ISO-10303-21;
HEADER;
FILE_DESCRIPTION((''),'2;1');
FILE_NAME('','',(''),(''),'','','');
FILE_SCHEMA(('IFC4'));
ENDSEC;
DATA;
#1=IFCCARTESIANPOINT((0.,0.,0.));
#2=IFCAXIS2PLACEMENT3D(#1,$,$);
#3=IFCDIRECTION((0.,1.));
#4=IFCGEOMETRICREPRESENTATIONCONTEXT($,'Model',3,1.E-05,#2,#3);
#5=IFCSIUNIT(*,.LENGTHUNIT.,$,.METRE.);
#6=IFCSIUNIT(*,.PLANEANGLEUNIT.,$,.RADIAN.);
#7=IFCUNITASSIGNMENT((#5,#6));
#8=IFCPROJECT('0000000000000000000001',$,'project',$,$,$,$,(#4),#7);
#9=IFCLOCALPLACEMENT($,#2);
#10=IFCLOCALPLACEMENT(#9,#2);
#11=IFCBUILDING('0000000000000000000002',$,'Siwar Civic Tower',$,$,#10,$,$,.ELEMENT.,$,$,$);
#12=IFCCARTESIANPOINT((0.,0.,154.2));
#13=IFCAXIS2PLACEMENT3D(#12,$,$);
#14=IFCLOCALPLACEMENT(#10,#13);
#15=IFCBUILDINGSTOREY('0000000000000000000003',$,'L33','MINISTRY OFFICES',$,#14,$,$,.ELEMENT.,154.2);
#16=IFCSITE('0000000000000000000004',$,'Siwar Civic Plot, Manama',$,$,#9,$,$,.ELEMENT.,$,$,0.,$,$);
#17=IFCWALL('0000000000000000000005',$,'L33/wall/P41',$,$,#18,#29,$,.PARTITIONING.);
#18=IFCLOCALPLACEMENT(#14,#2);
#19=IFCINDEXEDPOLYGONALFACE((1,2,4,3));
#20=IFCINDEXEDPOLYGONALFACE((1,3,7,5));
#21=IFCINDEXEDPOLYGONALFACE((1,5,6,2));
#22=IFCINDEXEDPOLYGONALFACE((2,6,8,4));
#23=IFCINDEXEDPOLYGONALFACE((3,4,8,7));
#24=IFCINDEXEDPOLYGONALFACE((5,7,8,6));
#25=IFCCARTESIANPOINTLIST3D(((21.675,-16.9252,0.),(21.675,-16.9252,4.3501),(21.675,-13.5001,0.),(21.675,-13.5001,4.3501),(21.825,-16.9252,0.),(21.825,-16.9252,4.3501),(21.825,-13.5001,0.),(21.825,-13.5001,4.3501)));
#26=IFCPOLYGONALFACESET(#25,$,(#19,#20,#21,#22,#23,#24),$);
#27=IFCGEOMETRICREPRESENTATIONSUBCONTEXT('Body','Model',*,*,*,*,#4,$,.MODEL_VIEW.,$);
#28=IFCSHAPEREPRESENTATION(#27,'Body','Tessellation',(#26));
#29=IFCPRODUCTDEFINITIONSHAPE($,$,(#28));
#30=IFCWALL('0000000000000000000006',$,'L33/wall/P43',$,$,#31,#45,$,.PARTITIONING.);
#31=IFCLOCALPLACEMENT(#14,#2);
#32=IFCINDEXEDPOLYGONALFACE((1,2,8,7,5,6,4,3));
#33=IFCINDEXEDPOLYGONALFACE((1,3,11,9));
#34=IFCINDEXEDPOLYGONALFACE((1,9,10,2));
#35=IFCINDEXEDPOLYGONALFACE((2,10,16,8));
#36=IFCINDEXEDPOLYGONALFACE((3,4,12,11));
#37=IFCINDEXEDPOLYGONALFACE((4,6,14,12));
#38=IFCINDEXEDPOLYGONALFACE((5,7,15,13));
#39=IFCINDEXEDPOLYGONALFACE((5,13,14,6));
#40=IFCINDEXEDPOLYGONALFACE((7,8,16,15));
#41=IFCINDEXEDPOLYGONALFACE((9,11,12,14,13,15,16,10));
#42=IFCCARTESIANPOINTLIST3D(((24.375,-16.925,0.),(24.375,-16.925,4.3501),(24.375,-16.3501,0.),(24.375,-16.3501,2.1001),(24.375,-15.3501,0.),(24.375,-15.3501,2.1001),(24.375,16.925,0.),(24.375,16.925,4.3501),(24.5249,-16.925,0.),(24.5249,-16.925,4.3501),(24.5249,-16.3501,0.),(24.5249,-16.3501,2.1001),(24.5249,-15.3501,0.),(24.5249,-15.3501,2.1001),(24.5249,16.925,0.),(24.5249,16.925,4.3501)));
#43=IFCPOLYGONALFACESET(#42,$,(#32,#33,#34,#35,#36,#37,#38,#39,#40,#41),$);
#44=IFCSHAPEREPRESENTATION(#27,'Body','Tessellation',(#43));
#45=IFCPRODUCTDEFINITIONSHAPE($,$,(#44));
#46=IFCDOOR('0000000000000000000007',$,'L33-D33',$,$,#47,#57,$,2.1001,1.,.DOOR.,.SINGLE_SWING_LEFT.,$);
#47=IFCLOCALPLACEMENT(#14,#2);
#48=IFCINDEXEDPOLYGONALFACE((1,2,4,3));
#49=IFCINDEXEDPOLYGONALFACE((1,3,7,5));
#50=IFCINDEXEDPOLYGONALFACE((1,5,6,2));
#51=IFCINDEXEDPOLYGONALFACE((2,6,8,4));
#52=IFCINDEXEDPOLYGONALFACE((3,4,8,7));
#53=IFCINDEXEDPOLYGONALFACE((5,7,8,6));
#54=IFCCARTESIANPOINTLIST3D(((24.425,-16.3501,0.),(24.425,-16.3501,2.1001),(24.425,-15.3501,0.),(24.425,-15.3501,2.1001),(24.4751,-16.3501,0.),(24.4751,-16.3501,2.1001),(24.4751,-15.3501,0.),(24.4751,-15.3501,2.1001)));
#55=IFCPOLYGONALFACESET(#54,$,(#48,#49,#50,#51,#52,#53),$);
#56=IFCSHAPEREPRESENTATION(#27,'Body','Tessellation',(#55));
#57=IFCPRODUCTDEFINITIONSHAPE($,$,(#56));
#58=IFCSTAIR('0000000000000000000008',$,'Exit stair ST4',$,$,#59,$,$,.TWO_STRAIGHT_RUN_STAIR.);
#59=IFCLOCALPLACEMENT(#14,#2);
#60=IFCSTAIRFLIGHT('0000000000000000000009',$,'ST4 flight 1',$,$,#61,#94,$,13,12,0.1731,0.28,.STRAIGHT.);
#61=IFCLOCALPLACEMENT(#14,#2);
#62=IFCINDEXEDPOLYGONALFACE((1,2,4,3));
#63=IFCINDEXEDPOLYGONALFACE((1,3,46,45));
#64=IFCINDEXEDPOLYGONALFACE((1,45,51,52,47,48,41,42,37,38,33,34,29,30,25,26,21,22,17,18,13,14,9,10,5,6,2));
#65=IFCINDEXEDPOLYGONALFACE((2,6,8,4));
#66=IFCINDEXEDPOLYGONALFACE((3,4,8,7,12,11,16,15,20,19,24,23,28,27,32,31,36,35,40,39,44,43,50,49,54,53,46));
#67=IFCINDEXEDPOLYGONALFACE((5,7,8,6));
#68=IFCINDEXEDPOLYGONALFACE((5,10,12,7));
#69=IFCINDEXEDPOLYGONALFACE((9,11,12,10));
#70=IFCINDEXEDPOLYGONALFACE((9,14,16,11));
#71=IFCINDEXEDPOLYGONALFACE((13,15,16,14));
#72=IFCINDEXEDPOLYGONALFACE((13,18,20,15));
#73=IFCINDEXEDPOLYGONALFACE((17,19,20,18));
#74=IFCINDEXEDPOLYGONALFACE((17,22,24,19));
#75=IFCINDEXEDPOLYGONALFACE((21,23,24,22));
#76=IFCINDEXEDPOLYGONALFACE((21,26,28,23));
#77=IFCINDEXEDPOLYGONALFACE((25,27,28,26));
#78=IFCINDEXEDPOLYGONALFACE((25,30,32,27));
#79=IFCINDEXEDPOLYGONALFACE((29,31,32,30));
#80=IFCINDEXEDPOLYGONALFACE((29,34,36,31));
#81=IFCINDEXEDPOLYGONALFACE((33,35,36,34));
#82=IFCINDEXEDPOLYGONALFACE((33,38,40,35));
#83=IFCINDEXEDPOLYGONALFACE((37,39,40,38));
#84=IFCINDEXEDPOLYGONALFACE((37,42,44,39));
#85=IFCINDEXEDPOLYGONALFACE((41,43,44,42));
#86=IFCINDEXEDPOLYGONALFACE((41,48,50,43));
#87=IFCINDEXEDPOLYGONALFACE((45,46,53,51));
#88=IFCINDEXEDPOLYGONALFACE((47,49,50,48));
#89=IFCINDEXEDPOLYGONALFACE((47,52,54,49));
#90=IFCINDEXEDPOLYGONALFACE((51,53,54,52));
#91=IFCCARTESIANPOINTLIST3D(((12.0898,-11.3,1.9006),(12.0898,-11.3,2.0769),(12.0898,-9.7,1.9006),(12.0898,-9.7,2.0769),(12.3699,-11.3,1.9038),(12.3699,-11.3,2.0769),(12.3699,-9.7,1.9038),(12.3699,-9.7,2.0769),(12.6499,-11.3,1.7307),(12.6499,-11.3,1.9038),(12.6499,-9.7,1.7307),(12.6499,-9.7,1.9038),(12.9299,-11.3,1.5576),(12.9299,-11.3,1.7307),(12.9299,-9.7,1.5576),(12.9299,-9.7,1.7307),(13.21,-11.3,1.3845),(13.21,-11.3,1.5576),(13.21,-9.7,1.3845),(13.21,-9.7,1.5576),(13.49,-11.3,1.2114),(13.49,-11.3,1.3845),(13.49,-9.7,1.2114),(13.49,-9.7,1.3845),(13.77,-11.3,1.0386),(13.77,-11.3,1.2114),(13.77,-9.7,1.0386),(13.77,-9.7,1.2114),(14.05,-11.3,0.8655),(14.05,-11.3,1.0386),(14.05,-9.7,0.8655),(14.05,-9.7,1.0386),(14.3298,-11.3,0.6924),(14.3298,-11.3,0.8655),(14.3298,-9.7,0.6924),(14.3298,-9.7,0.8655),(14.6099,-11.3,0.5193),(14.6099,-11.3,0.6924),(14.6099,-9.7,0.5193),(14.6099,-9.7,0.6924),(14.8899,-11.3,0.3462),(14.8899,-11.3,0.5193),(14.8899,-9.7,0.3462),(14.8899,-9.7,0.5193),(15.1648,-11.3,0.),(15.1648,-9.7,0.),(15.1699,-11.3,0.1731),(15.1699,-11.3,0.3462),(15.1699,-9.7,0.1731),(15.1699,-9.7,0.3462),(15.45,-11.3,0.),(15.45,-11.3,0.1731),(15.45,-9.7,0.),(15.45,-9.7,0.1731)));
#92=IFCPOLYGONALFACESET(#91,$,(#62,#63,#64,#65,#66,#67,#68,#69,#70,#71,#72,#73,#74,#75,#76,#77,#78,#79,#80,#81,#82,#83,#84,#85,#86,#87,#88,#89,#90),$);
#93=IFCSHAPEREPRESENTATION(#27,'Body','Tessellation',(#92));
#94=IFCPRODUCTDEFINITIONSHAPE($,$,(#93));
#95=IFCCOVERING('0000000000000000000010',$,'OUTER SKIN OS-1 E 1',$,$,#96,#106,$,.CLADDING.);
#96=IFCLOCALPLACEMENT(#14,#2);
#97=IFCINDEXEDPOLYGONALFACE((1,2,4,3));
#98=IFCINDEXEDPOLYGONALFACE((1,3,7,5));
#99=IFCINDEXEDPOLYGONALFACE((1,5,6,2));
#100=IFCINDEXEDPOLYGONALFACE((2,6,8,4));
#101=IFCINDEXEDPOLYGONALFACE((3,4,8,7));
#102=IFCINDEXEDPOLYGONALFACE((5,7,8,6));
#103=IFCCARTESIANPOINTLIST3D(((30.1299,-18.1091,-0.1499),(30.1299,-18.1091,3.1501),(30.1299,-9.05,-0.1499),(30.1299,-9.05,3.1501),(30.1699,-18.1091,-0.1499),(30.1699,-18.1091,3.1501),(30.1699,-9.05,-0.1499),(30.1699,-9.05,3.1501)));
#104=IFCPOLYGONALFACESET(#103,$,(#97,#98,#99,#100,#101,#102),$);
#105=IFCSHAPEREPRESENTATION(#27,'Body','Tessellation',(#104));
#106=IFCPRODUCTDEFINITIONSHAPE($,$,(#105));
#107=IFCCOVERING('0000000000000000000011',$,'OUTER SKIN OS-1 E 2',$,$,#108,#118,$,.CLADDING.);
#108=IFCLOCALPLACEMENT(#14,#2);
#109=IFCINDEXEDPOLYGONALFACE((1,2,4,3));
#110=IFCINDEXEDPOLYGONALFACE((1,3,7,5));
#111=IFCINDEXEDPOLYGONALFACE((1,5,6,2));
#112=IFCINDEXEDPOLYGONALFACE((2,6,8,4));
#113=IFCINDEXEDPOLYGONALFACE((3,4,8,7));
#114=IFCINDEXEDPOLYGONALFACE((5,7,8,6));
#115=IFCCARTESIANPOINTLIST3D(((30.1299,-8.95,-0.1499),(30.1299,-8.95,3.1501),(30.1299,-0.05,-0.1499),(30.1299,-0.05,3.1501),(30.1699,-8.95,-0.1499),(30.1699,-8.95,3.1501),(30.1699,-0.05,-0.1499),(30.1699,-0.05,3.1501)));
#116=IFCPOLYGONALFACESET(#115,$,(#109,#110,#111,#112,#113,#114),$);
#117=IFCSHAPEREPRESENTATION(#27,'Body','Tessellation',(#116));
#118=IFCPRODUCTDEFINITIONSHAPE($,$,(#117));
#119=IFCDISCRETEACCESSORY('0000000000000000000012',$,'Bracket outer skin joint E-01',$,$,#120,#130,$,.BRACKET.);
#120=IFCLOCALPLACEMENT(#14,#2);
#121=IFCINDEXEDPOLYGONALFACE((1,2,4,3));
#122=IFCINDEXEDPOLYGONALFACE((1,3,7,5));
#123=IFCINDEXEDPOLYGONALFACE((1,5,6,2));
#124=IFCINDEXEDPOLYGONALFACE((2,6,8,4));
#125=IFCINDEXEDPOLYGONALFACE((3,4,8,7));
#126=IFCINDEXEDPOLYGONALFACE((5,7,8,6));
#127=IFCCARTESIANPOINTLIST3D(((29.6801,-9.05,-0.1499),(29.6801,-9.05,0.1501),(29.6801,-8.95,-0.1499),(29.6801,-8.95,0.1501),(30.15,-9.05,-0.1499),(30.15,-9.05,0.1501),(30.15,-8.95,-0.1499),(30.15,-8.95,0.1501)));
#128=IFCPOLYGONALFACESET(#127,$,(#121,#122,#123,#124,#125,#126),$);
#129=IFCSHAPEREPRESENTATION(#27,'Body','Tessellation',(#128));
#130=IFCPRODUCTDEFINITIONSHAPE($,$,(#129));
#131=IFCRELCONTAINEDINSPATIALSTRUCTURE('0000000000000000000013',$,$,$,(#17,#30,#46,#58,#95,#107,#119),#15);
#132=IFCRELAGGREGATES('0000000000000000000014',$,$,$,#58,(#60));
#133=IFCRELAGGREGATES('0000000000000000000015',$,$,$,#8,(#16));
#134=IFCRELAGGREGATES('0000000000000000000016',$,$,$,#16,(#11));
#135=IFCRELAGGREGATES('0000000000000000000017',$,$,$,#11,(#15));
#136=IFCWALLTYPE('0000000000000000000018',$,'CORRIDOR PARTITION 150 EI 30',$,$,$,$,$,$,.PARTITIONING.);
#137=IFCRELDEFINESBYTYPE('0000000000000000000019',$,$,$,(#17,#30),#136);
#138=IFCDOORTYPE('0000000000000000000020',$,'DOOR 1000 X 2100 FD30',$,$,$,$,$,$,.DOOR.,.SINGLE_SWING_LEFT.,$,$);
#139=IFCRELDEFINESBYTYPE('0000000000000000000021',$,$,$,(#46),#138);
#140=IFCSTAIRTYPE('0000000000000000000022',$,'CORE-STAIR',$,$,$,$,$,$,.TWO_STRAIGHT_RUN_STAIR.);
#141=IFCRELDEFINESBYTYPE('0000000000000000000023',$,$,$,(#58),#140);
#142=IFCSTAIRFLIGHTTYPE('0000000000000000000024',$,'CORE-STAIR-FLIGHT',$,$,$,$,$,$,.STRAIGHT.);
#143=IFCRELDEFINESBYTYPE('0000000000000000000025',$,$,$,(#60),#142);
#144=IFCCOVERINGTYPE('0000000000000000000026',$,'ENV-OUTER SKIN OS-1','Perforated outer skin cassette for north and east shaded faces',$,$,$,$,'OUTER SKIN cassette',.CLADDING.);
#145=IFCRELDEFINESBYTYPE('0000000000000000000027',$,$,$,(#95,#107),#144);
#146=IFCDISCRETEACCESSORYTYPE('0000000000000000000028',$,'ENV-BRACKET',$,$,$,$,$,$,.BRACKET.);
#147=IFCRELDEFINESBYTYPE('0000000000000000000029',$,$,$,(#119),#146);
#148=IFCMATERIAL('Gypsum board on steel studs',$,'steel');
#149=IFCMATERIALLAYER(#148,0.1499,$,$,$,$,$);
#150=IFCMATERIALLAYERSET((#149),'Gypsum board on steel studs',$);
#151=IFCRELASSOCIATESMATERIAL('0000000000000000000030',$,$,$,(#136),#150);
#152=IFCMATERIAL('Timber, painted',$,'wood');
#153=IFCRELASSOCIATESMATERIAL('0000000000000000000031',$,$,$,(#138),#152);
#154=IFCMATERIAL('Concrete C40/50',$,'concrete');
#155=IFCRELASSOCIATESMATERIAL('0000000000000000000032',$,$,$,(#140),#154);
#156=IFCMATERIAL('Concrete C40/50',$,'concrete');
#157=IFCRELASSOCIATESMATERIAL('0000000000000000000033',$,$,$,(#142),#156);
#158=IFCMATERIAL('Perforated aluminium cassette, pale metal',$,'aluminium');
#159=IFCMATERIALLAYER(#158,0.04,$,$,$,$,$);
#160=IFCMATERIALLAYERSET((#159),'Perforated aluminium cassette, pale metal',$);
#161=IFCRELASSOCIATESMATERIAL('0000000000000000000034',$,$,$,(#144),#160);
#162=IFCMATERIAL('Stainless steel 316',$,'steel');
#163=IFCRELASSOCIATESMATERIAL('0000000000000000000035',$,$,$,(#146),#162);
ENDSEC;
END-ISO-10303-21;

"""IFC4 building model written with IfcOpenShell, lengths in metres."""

from ifc_helpers import new_model, si_unit, direction, frame, frame_2d, origin, origin_2d, place, context, subcontext, project, spatial, polyline, rectangle, outline, extrude, material, layer, layer_set, type_object, element, fill, aggregate, save


model = new_model("IFC4")

# Units and contexts
model_context = context("Model", 3, precision=1e-05, world=origin(), true_north=direction((0.0, 1.0)))
body_context = subcontext(model_context, "Body", "Model", "MODEL_VIEW")
ifc_project = project(units=[si_unit("LENGTHUNIT", "METRE"), si_unit("PLANEANGLEUNIT", "RADIAN")], contexts=[model_context])

# Site, building, storey
site_placement = place(None, origin())
site = spatial("IfcSite", under=ifc_project, at=site_placement, Name="Siwar Civic Plot, Manama", CompositionType="ELEMENT", RefElevation=0.0)
building_placement = place(site_placement, origin())
building = spatial("IfcBuilding", under=site, at=building_placement, Name="Siwar Civic Tower", CompositionType="ELEMENT")
storey_placement = place(building_placement, frame((0.0, 0.0, 154.2)))
storey = spatial("IfcBuildingStorey", under=building, at=storey_placement, Name="L33", Description="MINISTRY OFFICES", CompositionType="ELEMENT", Elevation=154.2)

# Wall
ifc_material_1 = material(Name="Gypsum board on steel studs", Category="steel")
ifc_layer_1 = layer(ifc_material_1, 0.1499)
ifc_layer_set_1 = layer_set([ifc_layer_1], Name="Gypsum board on steel studs")
wall_type_1 = type_object("IfcWallType", Name="CORRIDOR PARTITION 150 EI 30", PredefinedType="PARTITIONING", material=ifc_layer_set_1)
wall_1_placement = place(storey_placement, frame((21.75, -16.925, 0.0), z_axis=(0.0, 0.0, 1.0), x_axis=(0.0, 1.0, 0.0)))
element("IfcWall", 1, at=wall_1_placement, inside=storey, type_object=wall_type_1, Name="L33/wall/P41", PredefinedType="PARTITIONING", context=body_context, shape_type="SweptSolid", body=[
    extrude(rectangle(XDim=3.425, YDim=0.1499, at=frame_2d((1.7124, 0.0))), origin(), (0.0, 0.0, 1.0), 4.3501),
])

# Wall, opening, door
wall_2_placement = place(storey_placement, frame((24.45, -16.925, 0.0), z_axis=(0.0, 0.0, 1.0), x_axis=(0.0, 1.0, 0.0)))
wall_2 = element("IfcWall", 2, at=wall_2_placement, inside=storey, type_object=wall_type_1, Name="L33/wall/P43", PredefinedType="PARTITIONING", context=body_context, shape_type="SweptSolid", body=[
    extrude(rectangle(XDim=33.8501, YDim=0.1499, at=frame_2d((16.925, 0.0))), origin(), (0.0, 0.0, 1.0), 4.3501),
])
opening_1_placement = place(wall_2_placement, frame((0.575, 0.0, 0.0)))
opening_1 = element("IfcOpeningElement", 3, at=opening_1_placement, cuts=wall_2, PredefinedType="OPENING", context=body_context, shape_type="SweptSolid", body=[
    extrude(rectangle(XDim=1.0, YDim=2.1001, at=frame_2d((0.5, 1.05))), frame((0.0, 0.085, 0.0), z_axis=(0.0, -1.0, 0.0), x_axis=(1.0, 0.0, 0.0)), (0.0, 0.0, 1.0), 0.1699),
])
ifc_material_2 = material(Name="Timber, painted", Category="wood")
door_type_1 = type_object("IfcDoorType", Name="DOOR 1000 X 2100 FD30", OperationType="SINGLE_SWING_LEFT", PredefinedType="DOOR", material=ifc_material_2)
door_1_placement = place(opening_1_placement, origin())
door_1 = element("IfcDoor", 4, at=door_1_placement, inside=storey, type_object=door_type_1, Name="L33-D33", OperationType="SINGLE_SWING_LEFT", OverallHeight=2.1001, OverallWidth=1.0, PredefinedType="DOOR", context=body_context, shape_type="SweptSolid", body=[
    extrude(rectangle(XDim=1.0, YDim=2.1001, at=frame_2d((0.5, 1.05))), frame((0.0, 0.0249, 0.0), z_axis=(0.0, -1.0, 0.0), x_axis=(1.0, 0.0, 0.0)), (0.0, 0.0, 1.0), 0.05),
])
fill(opening_1, door_1)

# Stair, stair flight
ifc_material_3 = material(Name="Concrete C40/50", Category="concrete")
stair_type = type_object("IfcStairType", Name="CORE-STAIR", PredefinedType="TWO_STRAIGHT_RUN_STAIR", material=ifc_material_3)
stair_placement = place(storey_placement, origin())
stair = element("IfcStair", 5, at=stair_placement, inside=storey, type_object=stair_type, Name="Exit stair ST4", PredefinedType="TWO_STRAIGHT_RUN_STAIR")
ifc_material_4 = material(Name="Concrete C40/50", Category="concrete")
stair_flight_type = type_object("IfcStairFlightType", Name="CORE-STAIR-FLIGHT", PredefinedType="STRAIGHT", material=ifc_material_4)
stair_flight_placement = place(storey_placement, frame((15.45, -10.5, 0.0), z_axis=(0.0, 0.0, 1.0), x_axis=(-1.0, 0.0, 0.0)))
stair_flight = element("IfcStairFlight", 6, at=stair_flight_placement, type_object=stair_flight_type, Name="ST4 flight 1", NumberOfRisers=13, NumberOfTreads=12, PredefinedType="STRAIGHT", RiserHeight=0.1731, TreadLength=0.28, context=body_context, shape_type="SweptSolid", body=[
    extrude(outline(polyline([(0.0, 0.0), (0.0, 0.1731), (0.28, 0.1731), (0.28, 0.3462), (0.5601, 0.3462), (0.5601, 0.5193), (0.8401, 0.5193), (0.8401, 0.6924), (1.1201, 0.6924), (1.1201, 0.8655), (1.3999, 0.8655), (1.3999, 1.0386), (1.6799, 1.0386), (1.6799, 1.2114), (1.96, 1.2114), (1.96, 1.3845), (2.24, 1.3845), (2.24, 1.5576), (2.52, 1.5576), (2.52, 1.7307), (2.8, 1.7307), (2.8, 1.9038), (3.0801, 1.9038), (3.0801, 2.0769), (3.3601, 2.0769), (3.3601, 2.25), (3.3601, 1.9006), (0.2852, 0.0), (0.0, 0.0)])), frame((0.0, 0.8, 0.0), z_axis=(0.0, -1.0, 0.0), x_axis=(1.0, 0.0, 0.0)), (0.0, 0.0, 1.0), 1.6001),
])
aggregate(stair, [stair_flight])

# Coverings
ifc_material_5 = material(Name="Perforated aluminium cassette, pale metal", Category="aluminium")
ifc_layer_2 = layer(ifc_material_5, 0.04)
ifc_layer_set_2 = layer_set([ifc_layer_2], Name="Perforated aluminium cassette, pale metal")
covering_type = type_object("IfcCoveringType", Name="ENV-OUTER SKIN OS-1", Description="Perforated outer skin cassette for north and east shaded faces", ElementType="OUTER SKIN cassette", PredefinedType="CLADDING", material=ifc_layer_set_2)
covering_1_placement = place(storey_placement, frame((30.1499, -13.5796, -0.1499), z_axis=(0.0, 0.0, 1.0), x_axis=(0.0, 1.0, 0.0)))
element("IfcCovering", 7, at=covering_1_placement, inside=storey, type_object=covering_type, Name="OUTER SKIN OS-1 E 1", PredefinedType="CLADDING", context=body_context, shape_type="SweptSolid", body=[
    extrude(rectangle(XDim=9.0591, YDim=0.04, at=origin_2d()), origin(), (0.0, 0.0, 1.0), 3.3),
])
covering_2_placement = place(storey_placement, frame((30.1499, -4.5, -0.1499), z_axis=(0.0, 0.0, 1.0), x_axis=(0.0, 1.0, 0.0)))
element("IfcCovering", 8, at=covering_2_placement, inside=storey, type_object=covering_type, Name="OUTER SKIN OS-1 E 2", PredefinedType="CLADDING", context=body_context, shape_type="SweptSolid", body=[
    extrude(rectangle(XDim=8.8999, YDim=0.04, at=origin_2d()), origin(), (0.0, 0.0, 1.0), 3.3),
])

# Discrete accessory
ifc_material_6 = material(Name="Stainless steel 316", Category="steel")
discrete_accessory_type = type_object("IfcDiscreteAccessoryType", Name="ENV-BRACKET", PredefinedType="BRACKET", material=ifc_material_6)
discrete_accessory_placement = place(storey_placement, frame((29.915, -9.0, -0.1499), z_axis=(0.0, 0.0, 1.0), x_axis=(1.0, 0.0, 0.0)))
element("IfcDiscreteAccessory", 9, at=discrete_accessory_placement, inside=storey, type_object=discrete_accessory_type, Name="Bracket outer skin joint E-01", PredefinedType="BRACKET", context=body_context, shape_type="SweptSolid", body=[
    extrude(rectangle(XDim=0.47, YDim=0.1001, at=origin_2d()), origin(), (0.0, 0.0, 1.0), 0.3),
])

save(model, "model.ifc")
